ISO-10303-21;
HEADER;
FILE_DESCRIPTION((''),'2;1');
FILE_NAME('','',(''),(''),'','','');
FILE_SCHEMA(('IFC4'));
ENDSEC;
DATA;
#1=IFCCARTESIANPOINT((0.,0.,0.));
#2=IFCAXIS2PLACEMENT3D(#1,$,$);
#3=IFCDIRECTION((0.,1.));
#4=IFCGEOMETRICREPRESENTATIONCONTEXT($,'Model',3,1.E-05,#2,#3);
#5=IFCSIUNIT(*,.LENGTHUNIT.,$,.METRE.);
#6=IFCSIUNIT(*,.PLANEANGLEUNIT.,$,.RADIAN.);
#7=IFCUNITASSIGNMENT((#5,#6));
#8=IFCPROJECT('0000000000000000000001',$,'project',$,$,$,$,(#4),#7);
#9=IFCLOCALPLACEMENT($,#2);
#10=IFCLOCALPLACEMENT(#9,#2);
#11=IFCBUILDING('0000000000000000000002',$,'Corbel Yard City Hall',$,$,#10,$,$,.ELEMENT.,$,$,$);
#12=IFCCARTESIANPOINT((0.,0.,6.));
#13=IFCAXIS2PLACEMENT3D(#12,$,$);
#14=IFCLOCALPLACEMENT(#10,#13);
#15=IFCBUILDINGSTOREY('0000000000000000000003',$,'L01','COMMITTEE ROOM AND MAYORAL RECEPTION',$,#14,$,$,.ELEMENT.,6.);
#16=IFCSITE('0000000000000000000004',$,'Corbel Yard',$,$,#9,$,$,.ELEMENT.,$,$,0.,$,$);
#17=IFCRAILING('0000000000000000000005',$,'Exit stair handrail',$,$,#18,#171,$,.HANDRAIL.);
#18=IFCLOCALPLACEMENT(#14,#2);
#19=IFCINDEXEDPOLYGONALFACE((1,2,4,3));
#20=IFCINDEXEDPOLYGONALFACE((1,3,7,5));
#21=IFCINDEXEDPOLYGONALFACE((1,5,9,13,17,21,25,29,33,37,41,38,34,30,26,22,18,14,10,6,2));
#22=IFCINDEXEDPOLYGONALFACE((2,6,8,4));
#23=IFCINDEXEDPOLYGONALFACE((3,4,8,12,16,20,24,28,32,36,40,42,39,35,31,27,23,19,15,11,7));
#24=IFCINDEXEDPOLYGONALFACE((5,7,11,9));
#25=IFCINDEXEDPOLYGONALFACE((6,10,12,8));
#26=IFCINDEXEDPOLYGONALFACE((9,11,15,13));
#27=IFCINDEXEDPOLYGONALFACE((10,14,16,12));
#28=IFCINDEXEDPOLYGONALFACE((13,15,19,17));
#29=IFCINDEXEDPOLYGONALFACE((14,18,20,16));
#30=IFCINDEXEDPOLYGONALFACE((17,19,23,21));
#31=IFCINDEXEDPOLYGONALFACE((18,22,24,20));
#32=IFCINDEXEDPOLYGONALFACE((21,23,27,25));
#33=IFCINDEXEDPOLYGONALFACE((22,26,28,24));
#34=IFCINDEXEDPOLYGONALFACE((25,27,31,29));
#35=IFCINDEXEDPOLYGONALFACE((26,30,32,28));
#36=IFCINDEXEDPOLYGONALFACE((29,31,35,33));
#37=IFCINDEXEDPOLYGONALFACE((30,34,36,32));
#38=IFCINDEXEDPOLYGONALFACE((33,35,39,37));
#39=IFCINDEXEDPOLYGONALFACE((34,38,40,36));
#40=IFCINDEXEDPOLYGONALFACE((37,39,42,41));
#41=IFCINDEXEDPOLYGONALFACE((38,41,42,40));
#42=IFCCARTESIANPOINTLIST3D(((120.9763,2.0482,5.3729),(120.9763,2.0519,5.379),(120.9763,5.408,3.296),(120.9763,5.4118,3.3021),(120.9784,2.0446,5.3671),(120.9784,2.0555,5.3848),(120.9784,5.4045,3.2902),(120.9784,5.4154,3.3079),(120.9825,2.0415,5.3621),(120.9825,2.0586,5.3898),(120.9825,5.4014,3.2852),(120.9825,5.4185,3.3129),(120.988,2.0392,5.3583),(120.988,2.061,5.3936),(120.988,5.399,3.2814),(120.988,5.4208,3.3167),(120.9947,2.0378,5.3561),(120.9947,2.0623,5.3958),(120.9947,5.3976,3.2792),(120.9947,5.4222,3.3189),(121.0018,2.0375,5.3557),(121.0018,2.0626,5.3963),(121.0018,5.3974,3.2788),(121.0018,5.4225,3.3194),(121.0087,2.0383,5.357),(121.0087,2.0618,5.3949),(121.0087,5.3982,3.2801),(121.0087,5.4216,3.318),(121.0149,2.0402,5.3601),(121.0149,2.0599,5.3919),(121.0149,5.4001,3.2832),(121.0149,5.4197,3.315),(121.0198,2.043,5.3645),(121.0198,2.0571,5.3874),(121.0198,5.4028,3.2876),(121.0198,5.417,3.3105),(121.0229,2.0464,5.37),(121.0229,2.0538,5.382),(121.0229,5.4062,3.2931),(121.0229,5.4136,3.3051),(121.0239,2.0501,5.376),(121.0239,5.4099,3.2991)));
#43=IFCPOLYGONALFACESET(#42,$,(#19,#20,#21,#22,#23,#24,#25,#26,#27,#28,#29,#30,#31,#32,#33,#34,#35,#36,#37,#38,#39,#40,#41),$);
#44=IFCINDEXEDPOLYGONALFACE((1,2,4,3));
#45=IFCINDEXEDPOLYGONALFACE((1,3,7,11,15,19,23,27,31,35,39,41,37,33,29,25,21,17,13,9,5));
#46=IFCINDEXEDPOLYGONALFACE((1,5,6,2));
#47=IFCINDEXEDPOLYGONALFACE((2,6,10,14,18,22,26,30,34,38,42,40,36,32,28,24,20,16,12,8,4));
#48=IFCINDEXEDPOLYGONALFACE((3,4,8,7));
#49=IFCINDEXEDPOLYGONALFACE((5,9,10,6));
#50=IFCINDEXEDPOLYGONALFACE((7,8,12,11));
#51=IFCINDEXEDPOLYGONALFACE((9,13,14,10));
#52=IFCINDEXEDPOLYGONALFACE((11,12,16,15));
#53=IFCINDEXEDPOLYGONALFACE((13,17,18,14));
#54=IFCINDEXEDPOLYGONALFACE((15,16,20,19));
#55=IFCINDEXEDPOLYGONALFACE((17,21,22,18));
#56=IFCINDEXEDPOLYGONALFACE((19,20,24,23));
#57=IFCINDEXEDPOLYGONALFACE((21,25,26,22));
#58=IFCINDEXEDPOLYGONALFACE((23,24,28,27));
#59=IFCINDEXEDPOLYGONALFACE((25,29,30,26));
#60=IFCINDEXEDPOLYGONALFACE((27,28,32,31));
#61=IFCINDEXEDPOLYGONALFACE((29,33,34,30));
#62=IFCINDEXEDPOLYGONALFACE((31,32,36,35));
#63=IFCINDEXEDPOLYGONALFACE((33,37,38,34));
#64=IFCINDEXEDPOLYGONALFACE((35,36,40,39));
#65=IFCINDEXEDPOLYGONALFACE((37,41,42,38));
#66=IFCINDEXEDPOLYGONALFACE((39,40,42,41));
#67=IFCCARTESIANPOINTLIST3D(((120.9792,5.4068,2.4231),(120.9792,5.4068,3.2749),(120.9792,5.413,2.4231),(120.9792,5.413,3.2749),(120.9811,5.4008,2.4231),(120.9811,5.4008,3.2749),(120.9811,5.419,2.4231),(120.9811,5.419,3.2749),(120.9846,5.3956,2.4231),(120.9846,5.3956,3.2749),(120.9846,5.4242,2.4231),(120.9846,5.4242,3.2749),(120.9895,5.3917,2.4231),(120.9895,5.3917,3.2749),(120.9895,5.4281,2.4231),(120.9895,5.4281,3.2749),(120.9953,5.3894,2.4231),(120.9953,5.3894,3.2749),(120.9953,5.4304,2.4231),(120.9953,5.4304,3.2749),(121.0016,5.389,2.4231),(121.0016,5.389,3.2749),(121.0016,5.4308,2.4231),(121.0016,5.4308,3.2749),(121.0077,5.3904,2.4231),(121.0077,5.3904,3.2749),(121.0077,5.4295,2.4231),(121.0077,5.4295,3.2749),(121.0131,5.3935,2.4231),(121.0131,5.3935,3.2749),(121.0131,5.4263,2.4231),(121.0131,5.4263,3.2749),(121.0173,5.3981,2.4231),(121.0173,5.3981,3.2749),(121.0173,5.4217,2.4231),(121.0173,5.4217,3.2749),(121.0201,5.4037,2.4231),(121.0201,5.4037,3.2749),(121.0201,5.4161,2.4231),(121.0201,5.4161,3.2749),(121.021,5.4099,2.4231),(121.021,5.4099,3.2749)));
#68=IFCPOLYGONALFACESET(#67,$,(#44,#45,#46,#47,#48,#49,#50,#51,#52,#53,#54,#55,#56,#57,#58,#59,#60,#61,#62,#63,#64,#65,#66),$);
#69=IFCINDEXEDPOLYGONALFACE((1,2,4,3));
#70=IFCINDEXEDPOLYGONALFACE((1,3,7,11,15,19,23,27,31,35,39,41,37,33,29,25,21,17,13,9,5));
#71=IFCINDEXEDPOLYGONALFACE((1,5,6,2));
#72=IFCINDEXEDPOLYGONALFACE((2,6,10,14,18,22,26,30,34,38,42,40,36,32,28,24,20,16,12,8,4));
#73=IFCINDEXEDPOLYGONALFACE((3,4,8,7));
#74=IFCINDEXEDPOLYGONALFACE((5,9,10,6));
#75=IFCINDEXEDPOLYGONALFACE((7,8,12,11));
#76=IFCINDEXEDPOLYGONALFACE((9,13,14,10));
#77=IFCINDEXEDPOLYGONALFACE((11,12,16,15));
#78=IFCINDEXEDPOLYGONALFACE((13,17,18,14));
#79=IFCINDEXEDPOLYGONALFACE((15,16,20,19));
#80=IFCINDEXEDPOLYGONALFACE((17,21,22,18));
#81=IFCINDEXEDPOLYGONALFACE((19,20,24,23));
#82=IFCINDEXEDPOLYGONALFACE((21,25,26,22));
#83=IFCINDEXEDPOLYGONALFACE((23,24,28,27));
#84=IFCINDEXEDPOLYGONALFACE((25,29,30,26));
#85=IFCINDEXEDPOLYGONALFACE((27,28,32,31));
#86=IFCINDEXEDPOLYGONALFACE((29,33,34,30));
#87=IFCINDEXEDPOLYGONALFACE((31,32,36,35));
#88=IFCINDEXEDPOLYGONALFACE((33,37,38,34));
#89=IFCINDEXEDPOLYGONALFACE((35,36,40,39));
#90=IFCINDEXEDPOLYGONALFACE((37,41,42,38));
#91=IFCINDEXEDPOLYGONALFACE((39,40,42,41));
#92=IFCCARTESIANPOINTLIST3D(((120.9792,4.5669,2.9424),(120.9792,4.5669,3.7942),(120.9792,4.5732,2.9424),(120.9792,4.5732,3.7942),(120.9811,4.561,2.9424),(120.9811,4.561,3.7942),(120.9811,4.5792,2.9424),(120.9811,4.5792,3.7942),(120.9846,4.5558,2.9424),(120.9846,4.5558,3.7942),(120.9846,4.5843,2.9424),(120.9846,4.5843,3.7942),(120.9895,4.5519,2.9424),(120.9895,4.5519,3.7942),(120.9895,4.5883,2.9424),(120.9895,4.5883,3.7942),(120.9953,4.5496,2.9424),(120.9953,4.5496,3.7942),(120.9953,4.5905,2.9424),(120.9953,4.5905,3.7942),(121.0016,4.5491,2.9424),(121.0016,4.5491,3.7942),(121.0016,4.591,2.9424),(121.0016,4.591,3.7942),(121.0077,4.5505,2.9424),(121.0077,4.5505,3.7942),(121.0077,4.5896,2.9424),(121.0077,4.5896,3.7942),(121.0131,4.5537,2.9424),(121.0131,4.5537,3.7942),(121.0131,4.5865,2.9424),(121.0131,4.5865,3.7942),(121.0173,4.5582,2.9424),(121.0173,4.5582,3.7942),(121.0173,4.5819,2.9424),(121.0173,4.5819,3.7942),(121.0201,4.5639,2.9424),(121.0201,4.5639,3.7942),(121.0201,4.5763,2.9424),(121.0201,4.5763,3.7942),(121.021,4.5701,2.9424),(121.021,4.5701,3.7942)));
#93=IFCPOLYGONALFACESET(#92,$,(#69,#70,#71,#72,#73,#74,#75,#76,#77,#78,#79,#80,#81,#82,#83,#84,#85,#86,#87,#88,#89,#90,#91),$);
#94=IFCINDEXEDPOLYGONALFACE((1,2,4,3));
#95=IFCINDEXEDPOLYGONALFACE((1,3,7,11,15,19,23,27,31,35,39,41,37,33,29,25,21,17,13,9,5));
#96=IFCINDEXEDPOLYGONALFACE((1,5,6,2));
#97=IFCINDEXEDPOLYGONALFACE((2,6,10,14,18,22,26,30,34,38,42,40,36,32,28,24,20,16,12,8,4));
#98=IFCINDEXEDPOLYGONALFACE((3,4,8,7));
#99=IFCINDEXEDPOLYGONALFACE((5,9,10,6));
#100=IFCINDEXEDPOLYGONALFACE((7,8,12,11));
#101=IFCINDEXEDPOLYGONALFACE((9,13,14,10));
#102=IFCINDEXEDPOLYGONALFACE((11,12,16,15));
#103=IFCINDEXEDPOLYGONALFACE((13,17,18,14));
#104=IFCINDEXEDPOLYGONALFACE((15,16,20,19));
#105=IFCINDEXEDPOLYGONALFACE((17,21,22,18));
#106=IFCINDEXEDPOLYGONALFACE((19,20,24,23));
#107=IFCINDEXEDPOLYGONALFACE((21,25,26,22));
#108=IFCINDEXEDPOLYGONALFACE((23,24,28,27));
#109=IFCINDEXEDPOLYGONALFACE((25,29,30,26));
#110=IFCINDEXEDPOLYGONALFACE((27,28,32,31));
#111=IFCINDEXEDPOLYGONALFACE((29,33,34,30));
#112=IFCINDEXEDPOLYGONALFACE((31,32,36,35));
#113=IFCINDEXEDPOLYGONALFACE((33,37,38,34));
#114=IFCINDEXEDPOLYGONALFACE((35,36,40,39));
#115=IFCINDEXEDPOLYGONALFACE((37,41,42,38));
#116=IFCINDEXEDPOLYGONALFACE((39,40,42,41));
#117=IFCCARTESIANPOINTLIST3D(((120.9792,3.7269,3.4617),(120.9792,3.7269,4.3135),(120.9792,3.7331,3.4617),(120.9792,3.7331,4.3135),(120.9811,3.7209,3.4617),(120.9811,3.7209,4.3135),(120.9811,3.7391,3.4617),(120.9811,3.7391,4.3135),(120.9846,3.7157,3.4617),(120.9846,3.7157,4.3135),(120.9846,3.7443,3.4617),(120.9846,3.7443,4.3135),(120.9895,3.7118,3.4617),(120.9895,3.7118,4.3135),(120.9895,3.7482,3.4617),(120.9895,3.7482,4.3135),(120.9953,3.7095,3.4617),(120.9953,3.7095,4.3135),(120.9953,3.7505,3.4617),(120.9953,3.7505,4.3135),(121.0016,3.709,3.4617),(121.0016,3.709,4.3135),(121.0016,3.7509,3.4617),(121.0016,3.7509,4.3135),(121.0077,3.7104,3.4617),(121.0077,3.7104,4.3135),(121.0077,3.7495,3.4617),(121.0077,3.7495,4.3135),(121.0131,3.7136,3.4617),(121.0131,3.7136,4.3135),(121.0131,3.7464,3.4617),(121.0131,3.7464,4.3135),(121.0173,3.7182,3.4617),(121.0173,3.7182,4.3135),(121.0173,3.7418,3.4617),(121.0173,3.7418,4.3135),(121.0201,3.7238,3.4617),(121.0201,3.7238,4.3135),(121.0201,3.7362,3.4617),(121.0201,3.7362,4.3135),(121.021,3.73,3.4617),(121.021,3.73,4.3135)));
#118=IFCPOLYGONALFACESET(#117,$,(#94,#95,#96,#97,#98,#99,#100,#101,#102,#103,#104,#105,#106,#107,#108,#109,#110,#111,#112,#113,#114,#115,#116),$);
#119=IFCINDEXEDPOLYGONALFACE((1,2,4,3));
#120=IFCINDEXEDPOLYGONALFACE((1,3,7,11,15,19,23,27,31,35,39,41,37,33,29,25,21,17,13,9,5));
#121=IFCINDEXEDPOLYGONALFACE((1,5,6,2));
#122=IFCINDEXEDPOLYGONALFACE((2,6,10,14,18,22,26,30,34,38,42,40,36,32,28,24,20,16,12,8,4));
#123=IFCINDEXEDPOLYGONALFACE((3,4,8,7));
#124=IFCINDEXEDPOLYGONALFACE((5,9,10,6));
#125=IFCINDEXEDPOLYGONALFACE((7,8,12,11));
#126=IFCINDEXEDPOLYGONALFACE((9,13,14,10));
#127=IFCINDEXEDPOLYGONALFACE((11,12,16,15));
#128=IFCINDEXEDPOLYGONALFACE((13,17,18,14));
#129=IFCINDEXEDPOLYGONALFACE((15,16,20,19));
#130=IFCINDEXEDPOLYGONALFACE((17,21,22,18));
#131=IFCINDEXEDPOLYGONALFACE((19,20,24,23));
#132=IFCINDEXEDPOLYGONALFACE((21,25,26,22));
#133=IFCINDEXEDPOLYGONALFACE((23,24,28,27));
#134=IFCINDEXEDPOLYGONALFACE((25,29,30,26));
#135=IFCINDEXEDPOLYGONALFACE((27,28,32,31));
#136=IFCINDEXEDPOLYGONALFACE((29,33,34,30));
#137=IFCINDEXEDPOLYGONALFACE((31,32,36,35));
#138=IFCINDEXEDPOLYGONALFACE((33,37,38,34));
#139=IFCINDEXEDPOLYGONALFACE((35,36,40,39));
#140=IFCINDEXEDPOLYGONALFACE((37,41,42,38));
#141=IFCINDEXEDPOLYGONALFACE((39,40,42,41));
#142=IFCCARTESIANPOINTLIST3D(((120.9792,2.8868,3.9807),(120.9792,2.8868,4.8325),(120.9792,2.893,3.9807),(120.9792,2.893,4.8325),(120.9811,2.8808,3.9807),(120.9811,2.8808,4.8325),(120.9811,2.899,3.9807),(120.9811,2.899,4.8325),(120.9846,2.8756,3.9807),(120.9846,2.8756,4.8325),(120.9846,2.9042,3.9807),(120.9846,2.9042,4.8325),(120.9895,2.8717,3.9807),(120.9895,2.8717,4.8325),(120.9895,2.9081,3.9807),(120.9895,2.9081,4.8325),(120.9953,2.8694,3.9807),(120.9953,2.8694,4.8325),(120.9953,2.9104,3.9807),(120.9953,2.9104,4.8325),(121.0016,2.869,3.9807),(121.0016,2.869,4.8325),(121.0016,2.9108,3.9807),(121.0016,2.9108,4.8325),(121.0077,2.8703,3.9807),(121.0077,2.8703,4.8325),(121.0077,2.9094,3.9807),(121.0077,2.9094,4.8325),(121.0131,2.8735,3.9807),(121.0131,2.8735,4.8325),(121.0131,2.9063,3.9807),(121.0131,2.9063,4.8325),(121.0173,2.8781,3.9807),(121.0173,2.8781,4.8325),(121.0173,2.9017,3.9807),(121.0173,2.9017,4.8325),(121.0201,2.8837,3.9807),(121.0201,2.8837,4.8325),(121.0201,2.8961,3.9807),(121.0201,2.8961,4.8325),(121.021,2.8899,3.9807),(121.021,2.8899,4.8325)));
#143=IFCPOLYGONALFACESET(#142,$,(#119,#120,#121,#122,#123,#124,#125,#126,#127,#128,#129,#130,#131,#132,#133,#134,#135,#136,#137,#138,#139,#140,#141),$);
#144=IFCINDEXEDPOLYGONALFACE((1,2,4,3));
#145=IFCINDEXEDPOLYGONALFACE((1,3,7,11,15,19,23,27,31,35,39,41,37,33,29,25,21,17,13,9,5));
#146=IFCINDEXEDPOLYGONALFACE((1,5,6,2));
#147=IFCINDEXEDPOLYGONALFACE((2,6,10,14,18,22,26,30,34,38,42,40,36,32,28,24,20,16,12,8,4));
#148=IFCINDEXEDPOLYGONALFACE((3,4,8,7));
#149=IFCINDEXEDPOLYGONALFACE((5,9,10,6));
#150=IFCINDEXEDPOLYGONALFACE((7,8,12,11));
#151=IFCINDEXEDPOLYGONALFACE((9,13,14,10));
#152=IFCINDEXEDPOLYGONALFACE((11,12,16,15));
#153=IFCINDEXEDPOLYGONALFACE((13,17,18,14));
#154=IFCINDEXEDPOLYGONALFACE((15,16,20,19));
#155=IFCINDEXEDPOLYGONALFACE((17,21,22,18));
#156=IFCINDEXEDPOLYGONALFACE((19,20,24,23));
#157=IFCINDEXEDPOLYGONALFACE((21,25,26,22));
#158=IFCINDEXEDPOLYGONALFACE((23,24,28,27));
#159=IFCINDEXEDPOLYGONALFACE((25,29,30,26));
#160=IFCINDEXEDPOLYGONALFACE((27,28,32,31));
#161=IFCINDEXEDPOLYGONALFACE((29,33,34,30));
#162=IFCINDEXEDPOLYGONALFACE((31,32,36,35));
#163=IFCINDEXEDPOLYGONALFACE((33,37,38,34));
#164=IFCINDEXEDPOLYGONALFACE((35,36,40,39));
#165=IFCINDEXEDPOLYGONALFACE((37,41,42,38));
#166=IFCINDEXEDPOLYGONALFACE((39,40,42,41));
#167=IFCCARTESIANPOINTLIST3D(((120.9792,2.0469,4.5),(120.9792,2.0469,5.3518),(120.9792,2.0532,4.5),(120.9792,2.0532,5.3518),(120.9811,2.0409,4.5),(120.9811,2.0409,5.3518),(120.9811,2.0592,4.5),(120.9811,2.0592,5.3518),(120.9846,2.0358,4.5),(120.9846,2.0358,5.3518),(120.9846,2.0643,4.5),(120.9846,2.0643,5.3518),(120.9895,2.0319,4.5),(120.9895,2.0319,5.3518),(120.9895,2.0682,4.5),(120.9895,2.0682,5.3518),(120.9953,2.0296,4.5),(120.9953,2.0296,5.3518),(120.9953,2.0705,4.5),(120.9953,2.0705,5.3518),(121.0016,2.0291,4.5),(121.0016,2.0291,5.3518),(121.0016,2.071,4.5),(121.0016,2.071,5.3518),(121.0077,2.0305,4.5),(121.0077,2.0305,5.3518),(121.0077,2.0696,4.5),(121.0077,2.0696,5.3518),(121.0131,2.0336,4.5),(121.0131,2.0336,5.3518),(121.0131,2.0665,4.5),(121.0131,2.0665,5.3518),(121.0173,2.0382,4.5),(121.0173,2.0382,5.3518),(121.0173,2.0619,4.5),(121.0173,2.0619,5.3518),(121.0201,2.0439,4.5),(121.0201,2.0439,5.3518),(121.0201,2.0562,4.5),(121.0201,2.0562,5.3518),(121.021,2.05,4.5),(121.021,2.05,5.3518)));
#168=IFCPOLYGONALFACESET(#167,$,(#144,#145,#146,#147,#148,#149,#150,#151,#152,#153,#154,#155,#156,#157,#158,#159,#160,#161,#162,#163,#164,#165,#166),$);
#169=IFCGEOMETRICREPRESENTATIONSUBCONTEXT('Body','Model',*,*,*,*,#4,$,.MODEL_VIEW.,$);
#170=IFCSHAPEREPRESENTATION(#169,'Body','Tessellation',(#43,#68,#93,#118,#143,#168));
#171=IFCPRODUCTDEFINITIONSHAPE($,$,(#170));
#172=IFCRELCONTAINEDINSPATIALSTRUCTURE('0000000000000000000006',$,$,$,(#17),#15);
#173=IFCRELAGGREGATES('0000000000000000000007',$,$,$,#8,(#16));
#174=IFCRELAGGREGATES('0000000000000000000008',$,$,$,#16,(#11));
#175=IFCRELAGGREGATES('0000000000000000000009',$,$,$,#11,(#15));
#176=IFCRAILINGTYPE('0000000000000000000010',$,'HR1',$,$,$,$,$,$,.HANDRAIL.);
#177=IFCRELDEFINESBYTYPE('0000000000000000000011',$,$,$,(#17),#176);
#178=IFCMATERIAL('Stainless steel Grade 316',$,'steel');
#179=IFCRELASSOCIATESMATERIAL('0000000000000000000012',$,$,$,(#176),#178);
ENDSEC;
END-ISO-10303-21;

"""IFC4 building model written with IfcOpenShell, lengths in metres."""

from ifc_helpers import new_model, si_unit, direction, frame, origin, origin_2d, place, context, subcontext, project, spatial, circle, extrude, material, type_object, element, save


model = new_model("IFC4")

# Units and contexts
model_context = context("Model", 3, precision=1e-05, world=origin(), true_north=direction((0.0, 1.0)))
body_context = subcontext(model_context, "Body", "Model", "MODEL_VIEW")
ifc_project = project(units=[si_unit("LENGTHUNIT", "METRE"), si_unit("PLANEANGLEUNIT", "RADIAN")], contexts=[model_context])

# Site, building, storey
site_placement = place(None, origin())
site = spatial("IfcSite", under=ifc_project, at=site_placement, Name="Corbel Yard", CompositionType="ELEMENT", RefElevation=0.0)
building_placement = place(site_placement, origin())
building = spatial("IfcBuilding", under=site, at=building_placement, Name="Corbel Yard City Hall", CompositionType="ELEMENT")
storey_placement = place(building_placement, frame((0.0, 0.0, 6.0)))
storey = spatial("IfcBuildingStorey", under=building, at=storey_placement, Name="L01", Description="COMMITTEE ROOM AND MAYORAL RECEPTION", CompositionType="ELEMENT", Elevation=6.0)

# Railing
ifc_material_1 = material(Name="Stainless steel Grade 316", Category="steel")
railing_type = type_object("IfcRailingType", Name="HR1", PredefinedType="HANDRAIL", material=ifc_material_1)
railing_placement = place(storey_placement, frame((121.0, 5.4099, 2.4231)))
element("IfcRailing", 1, at=railing_placement, inside=storey, type_object=railing_type, Name="Exit stair handrail", PredefinedType="HANDRAIL", context=body_context, shape_type="SweptSolid", body=[
    extrude(circle(Radius=0.0239, at=origin_2d()), frame((0.0, 0.0, 0.876), z_axis=(0.0, -0.850606, 0.525803), x_axis=(1.0, 0.0, 0.0)), (0.0, 0.0, 1.0), 3.95),
    extrude(circle(Radius=0.021, at=origin_2d()), origin(), (0.0, 0.0, 1.0), 0.8518),
    extrude(circle(Radius=0.021, at=origin_2d()), frame((0.0, -0.8398, 0.5193)), (0.0, 0.0, 1.0), 0.8518),
    extrude(circle(Radius=0.021, at=origin_2d()), frame((0.0, -1.6799, 1.0386)), (0.0, 0.0, 1.0), 0.8518),
    extrude(circle(Radius=0.021, at=origin_2d()), frame((0.0, -2.52, 1.5576)), (0.0, 0.0, 1.0), 0.8518),
    extrude(circle(Radius=0.021, at=origin_2d()), frame((0.0, -3.3599, 2.0769)), (0.0, 0.0, 1.0), 0.8518),
])

save(model, "model.ifc")
